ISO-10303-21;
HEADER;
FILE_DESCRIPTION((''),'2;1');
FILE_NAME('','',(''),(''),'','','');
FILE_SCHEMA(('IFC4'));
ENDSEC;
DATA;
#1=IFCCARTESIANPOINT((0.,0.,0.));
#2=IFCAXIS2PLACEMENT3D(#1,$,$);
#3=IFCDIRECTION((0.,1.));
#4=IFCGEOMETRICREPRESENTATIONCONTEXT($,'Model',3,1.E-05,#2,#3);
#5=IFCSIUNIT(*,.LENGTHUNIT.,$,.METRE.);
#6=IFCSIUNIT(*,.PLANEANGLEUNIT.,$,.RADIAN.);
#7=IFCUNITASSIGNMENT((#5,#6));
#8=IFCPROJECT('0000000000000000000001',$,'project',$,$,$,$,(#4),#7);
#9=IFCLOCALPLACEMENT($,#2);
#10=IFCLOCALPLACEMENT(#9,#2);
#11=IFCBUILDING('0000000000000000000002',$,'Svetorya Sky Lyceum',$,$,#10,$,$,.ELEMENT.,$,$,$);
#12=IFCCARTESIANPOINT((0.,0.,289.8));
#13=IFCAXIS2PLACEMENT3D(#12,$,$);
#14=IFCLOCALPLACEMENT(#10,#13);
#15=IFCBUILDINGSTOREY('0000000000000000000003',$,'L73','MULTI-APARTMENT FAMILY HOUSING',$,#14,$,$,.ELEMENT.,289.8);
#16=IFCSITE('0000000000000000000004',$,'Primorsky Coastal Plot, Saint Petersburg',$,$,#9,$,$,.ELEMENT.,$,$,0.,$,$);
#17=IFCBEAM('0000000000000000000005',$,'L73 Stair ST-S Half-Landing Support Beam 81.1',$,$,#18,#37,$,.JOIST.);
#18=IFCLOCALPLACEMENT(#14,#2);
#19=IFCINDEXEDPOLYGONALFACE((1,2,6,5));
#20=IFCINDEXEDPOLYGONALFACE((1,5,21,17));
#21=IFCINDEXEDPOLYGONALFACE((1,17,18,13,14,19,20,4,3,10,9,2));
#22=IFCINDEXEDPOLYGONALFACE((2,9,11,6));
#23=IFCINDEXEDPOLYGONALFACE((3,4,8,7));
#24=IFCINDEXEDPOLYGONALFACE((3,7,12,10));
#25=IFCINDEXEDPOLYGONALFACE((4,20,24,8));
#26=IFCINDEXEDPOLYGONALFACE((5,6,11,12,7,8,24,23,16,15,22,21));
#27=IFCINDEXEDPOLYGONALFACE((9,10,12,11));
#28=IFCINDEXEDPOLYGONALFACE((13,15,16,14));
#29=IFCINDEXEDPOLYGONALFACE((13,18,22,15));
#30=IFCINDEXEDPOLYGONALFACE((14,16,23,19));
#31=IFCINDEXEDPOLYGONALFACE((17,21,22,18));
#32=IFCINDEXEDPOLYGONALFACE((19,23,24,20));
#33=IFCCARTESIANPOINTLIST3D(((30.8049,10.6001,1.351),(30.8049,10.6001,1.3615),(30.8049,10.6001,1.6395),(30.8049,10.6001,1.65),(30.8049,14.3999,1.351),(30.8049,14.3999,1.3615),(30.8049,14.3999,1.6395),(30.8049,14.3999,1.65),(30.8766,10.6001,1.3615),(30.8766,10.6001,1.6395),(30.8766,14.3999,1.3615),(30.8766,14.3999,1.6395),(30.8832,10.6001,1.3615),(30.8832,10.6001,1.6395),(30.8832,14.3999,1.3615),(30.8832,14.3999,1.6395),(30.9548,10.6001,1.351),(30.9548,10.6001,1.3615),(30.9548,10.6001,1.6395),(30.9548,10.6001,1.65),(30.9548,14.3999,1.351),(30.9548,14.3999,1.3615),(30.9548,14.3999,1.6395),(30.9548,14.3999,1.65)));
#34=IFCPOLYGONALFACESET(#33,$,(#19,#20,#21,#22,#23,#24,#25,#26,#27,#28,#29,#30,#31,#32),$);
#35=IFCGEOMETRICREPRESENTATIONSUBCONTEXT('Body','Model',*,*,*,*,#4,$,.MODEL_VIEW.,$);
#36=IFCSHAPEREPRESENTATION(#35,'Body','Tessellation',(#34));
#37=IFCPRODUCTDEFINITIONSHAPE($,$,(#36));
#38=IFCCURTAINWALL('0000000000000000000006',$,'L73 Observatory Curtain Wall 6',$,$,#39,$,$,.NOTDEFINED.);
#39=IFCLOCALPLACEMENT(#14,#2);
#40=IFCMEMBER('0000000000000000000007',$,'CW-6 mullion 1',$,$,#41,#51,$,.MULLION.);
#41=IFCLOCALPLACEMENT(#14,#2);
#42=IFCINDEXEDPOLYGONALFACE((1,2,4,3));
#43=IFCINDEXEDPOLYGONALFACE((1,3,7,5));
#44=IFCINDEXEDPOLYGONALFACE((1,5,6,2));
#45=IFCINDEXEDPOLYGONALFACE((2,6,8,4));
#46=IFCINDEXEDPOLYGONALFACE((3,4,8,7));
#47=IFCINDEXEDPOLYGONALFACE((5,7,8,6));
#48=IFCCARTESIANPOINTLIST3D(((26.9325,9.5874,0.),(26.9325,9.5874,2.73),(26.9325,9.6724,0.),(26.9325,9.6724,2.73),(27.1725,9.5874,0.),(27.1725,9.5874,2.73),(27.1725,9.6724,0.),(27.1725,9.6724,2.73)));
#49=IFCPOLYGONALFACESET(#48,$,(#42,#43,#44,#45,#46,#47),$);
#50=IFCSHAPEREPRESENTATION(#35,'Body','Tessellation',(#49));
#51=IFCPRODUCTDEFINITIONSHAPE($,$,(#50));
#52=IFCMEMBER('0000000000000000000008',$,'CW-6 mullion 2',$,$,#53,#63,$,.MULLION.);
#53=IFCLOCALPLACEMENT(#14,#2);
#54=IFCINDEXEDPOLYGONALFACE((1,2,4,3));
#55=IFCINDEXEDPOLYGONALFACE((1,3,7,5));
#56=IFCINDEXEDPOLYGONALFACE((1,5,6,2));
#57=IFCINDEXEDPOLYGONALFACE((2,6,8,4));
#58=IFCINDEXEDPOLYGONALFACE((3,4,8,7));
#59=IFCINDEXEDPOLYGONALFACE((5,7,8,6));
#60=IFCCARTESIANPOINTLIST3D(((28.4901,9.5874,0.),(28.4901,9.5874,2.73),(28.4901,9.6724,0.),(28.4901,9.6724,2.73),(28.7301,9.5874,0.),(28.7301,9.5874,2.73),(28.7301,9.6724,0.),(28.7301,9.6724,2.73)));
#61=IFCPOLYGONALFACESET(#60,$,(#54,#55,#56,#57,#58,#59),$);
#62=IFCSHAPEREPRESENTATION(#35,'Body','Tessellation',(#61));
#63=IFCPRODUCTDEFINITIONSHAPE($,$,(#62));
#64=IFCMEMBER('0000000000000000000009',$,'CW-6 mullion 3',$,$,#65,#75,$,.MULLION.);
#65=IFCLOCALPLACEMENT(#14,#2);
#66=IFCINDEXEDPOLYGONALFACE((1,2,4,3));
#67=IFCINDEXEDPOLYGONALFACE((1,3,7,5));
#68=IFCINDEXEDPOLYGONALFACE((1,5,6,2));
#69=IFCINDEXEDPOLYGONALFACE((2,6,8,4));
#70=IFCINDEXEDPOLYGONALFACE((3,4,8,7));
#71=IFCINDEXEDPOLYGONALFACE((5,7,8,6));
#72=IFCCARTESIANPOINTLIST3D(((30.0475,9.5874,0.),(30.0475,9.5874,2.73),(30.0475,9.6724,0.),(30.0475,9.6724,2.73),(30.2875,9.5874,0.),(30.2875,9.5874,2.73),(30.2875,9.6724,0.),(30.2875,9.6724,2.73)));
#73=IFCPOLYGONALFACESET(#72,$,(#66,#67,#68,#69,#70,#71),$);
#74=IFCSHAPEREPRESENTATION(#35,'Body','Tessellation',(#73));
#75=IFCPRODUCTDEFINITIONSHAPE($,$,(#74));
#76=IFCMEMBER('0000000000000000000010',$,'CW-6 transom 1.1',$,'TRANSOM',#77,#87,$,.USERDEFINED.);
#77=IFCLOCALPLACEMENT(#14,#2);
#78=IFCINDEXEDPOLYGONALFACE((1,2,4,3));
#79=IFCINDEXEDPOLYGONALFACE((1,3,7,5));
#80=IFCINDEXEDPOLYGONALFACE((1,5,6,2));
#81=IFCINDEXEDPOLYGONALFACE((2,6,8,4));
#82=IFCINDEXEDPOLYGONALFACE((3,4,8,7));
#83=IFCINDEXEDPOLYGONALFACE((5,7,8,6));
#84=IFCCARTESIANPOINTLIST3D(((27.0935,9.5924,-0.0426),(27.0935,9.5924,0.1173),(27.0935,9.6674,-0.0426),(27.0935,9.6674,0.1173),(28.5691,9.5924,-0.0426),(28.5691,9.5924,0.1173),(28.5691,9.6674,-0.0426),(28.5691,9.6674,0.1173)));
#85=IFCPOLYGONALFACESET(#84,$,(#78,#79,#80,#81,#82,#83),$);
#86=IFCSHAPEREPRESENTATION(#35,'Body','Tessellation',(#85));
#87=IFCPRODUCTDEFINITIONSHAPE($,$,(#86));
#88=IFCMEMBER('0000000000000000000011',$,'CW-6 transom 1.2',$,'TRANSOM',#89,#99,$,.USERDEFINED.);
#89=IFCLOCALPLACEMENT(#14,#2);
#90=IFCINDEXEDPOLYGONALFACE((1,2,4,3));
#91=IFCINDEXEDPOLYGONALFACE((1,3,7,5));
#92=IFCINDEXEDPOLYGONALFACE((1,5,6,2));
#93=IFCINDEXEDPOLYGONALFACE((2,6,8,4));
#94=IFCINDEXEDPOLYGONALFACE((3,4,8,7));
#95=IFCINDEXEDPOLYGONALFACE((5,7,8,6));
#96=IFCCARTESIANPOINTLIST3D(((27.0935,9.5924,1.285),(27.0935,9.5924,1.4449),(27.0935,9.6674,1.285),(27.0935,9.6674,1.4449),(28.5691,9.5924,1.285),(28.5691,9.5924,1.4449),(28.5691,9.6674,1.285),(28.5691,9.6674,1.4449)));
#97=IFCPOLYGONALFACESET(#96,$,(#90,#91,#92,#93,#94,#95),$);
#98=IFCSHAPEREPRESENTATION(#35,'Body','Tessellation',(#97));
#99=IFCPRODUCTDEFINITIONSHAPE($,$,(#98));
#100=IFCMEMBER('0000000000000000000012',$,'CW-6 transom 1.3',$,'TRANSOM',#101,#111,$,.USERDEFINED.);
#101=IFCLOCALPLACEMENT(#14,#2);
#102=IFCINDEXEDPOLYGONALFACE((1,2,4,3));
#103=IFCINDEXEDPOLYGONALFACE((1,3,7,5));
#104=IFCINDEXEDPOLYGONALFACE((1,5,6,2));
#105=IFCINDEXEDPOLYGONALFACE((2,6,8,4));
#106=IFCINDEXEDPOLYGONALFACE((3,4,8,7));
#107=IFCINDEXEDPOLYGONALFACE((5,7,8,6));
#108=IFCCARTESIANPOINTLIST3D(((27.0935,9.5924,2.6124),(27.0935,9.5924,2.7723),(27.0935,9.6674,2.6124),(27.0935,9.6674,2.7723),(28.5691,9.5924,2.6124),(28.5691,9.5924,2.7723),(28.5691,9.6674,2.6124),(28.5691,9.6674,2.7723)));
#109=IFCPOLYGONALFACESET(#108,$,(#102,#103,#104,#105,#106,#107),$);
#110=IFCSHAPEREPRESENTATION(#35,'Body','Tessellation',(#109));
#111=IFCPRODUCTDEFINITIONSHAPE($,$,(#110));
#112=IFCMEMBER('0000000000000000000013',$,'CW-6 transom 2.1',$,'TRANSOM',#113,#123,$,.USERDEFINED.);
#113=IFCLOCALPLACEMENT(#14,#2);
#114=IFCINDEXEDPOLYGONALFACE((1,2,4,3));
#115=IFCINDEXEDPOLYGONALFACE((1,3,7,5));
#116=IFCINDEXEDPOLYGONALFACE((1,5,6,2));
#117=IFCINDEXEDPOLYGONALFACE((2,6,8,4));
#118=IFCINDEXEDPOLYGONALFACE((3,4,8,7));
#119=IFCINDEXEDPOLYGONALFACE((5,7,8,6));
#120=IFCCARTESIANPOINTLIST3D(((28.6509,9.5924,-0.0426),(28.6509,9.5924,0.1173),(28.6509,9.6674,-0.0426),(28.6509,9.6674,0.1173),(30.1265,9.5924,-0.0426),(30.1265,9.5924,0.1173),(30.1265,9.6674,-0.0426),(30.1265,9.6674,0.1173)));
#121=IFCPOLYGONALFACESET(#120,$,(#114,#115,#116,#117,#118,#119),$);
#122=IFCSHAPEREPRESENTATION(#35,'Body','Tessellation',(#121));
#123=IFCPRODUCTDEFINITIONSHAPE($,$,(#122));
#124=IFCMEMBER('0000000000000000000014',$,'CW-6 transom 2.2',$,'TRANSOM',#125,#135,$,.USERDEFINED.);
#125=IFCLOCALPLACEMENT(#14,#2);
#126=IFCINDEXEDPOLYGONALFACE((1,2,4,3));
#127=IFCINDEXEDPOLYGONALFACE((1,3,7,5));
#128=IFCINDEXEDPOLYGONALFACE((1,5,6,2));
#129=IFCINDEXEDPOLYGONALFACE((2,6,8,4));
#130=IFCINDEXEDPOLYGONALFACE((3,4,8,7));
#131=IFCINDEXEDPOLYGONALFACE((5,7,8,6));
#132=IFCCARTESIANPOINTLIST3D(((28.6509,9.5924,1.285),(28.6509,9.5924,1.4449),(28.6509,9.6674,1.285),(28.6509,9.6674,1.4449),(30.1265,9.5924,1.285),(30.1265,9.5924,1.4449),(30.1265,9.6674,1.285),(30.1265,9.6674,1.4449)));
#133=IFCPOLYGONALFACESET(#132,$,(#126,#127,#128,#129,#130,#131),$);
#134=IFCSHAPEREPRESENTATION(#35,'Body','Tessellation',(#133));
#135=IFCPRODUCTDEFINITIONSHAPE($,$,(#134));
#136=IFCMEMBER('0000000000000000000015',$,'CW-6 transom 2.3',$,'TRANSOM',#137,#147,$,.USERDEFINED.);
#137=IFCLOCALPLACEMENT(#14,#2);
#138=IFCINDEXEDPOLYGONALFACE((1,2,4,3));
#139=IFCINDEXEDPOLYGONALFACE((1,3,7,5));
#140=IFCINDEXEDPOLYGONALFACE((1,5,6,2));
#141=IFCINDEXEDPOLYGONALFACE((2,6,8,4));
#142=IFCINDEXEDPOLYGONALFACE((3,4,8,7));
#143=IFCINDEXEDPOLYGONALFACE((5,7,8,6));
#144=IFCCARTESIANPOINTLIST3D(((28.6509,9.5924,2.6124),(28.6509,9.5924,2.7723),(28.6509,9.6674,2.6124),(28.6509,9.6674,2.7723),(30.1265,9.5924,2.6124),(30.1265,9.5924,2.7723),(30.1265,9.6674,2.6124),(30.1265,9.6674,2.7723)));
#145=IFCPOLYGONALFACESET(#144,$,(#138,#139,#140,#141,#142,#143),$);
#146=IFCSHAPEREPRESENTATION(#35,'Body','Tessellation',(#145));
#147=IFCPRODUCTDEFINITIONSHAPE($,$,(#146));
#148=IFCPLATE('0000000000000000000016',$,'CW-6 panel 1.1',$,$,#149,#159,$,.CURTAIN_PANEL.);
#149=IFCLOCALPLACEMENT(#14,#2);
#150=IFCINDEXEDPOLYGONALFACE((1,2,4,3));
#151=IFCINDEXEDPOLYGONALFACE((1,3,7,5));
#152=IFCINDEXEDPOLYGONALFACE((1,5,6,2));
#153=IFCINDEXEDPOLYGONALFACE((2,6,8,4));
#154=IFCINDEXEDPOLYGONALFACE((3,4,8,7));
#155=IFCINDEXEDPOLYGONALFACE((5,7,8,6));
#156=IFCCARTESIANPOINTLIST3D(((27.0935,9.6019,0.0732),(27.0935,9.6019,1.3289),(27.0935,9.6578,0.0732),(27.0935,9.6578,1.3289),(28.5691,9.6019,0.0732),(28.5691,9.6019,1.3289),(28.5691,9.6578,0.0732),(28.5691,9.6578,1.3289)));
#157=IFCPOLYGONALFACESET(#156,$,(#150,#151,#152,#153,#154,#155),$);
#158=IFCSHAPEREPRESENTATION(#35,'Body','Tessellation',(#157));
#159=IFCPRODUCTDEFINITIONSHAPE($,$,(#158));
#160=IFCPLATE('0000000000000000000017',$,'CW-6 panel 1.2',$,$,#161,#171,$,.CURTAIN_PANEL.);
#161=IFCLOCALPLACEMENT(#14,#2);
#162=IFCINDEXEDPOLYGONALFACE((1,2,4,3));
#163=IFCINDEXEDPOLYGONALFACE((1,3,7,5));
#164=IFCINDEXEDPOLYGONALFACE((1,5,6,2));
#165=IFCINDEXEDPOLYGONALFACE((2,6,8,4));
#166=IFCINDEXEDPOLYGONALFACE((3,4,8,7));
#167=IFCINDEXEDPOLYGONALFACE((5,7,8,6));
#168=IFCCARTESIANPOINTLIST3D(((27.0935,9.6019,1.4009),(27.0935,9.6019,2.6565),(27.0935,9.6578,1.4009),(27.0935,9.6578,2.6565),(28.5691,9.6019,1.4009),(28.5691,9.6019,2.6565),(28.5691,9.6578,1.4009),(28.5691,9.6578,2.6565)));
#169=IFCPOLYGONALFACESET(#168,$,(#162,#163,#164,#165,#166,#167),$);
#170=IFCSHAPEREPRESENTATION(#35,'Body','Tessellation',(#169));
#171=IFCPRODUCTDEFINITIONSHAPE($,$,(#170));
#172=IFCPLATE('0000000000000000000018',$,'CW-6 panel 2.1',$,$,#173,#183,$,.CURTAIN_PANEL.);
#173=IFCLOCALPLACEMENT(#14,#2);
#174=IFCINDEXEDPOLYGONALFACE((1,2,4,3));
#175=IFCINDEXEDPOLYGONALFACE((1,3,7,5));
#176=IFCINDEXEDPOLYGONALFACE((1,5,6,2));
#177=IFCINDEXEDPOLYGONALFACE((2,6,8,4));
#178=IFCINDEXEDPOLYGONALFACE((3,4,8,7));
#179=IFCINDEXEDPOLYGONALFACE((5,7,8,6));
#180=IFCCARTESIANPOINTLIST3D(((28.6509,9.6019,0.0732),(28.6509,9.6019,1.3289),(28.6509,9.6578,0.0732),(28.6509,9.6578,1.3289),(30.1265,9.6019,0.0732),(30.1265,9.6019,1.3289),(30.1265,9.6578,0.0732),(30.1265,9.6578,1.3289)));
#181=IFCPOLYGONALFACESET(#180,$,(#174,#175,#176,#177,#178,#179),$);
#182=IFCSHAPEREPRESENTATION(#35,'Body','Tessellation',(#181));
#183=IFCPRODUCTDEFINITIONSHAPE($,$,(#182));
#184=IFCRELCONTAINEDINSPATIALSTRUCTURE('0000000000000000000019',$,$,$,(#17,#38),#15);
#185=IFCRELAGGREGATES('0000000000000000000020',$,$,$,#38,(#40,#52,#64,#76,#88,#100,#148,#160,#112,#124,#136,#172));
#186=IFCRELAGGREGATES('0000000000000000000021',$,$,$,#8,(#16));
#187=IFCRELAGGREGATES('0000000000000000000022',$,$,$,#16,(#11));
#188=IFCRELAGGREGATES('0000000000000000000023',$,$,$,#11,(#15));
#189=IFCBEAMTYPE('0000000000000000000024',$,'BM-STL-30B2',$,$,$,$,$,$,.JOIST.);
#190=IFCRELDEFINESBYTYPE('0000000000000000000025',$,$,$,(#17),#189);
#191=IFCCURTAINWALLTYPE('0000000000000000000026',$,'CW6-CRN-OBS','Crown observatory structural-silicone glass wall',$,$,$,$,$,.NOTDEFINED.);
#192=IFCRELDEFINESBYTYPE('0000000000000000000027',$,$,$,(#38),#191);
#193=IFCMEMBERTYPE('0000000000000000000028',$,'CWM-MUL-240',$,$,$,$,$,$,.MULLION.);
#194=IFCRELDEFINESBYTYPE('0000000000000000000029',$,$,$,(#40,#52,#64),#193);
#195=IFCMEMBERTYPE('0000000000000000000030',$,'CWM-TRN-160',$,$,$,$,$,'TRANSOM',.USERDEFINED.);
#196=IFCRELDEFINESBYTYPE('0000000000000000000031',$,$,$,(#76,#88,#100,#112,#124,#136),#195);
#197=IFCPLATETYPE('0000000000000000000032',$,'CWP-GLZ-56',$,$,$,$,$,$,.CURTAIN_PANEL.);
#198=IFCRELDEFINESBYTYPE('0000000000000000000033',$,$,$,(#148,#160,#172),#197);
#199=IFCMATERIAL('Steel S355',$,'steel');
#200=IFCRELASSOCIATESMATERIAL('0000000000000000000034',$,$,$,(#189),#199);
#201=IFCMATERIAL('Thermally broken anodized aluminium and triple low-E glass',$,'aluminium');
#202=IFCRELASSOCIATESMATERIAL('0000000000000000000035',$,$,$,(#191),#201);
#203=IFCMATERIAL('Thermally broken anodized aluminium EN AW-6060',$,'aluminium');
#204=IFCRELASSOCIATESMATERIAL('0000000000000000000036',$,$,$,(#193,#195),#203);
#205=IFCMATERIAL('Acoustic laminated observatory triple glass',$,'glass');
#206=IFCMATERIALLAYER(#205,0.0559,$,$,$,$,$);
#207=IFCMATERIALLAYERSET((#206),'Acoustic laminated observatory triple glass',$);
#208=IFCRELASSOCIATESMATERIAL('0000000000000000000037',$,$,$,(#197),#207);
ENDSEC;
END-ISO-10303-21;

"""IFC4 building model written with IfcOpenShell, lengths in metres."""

from ifc_helpers import new_model, si_unit, direction, frame, origin, origin_2d, place, context, subcontext, project, spatial, rectangle, i_section, extrude, material, layer, layer_set, material_profile, profile_set, type_object, element, aggregate, save


model = new_model("IFC4")

# Units and contexts
model_context = context("Model", 3, precision=1e-05, world=origin(), true_north=direction((0.0, 1.0)))
body_context = subcontext(model_context, "Body", "Model", "MODEL_VIEW")
ifc_project = project(units=[si_unit("LENGTHUNIT", "METRE"), si_unit("PLANEANGLEUNIT", "RADIAN")], contexts=[model_context])

# Site, building, storey
site_placement = place(None, origin())
site = spatial("IfcSite", under=ifc_project, at=site_placement, Name="Primorsky Coastal Plot, Saint Petersburg", CompositionType="ELEMENT", RefElevation=0.0)
building_placement = place(site_placement, origin())
building = spatial("IfcBuilding", under=site, at=building_placement, Name="Svetorya Sky Lyceum", CompositionType="ELEMENT")
storey_placement = place(building_placement, frame((0.0, 0.0, 289.8)))
storey = spatial("IfcBuildingStorey", under=building, at=storey_placement, Name="L73", Description="MULTI-APARTMENT FAMILY HOUSING", CompositionType="ELEMENT", Elevation=289.8)

# Beam
ifc_material_1 = material(Name="Steel S355", Category="steel")
ifc_material_profile_1 = material_profile(ifc_material_1, i_section(OverallWidth=0.1499, OverallDepth=0.2991, WebThickness=0.0066, FlangeThickness=0.0105, at=origin_2d()), Name="GOST 30B2")
ifc_profile_set_1 = profile_set([ifc_material_profile_1], Name="Steel S355")
beam_type = type_object("IfcBeamType", Name="BM-STL-30B2", PredefinedType="JOIST", material=ifc_profile_set_1)
beam_placement = place(storey_placement, frame((30.8799, 10.6001, 1.5005), z_axis=(0.0, 1.0, 0.0), x_axis=(-1.0, 0.0, 0.0)))
element("IfcBeam", 1, at=beam_placement, inside=storey, type_object=beam_type, Name="L73 Stair ST-S Half-Landing Support Beam 81.1", PredefinedType="JOIST", context=body_context, shape_type="SweptSolid", body=[
    extrude(i_section(OverallWidth=0.1499, OverallDepth=0.2991, WebThickness=0.0066, FlangeThickness=0.0105, at=origin_2d()), origin(), (0.0, 0.0, 1.0), 3.7998),
])

# Curtain wall, members, plates
ifc_material_2 = material(Name="Thermally broken anodized aluminium and triple low-E glass", Category="aluminium")
curtain_wall_type = type_object("IfcCurtainWallType", Name="CW6-CRN-OBS", Description="Crown observatory structural-silicone glass wall", PredefinedType="NOTDEFINED", material=ifc_material_2)
curtain_wall_placement = place(storey_placement, origin())
curtain_wall = element("IfcCurtainWall", 2, at=curtain_wall_placement, inside=storey, type_object=curtain_wall_type, Name="L73 Observatory Curtain Wall 6", PredefinedType="NOTDEFINED")
ifc_material_3 = material(Name="Thermally broken anodized aluminium EN AW-6060", Category="aluminium")
ifc_material_profile_2 = material_profile(ifc_material_3, rectangle(XDim=0.085, YDim=0.24, at=origin_2d()), Name="ALU MULLION 85x240")
ifc_profile_set_2 = profile_set([ifc_material_profile_2], Name="Thermally broken anodized aluminium EN AW-6060")
member_type_1 = type_object("IfcMemberType", Name="CWM-MUL-240", PredefinedType="MULLION", material=ifc_profile_set_2)
member_1_placement = place(storey_placement, frame((27.0525, 9.6299, 0.0), z_axis=(0.0, 0.0, 1.0), x_axis=(0.0, 1.0, 0.0)))
member_1 = element("IfcMember", 3, at=member_1_placement, type_object=member_type_1, Name="CW-6 mullion 1", PredefinedType="MULLION", context=body_context, shape_type="SweptSolid", body=[
    extrude(rectangle(XDim=0.085, YDim=0.24, at=origin_2d()), origin(), (0.0, 0.0, 1.0), 2.73),
])
member_2_placement = place(storey_placement, frame((28.6101, 9.6299, 0.0), z_axis=(0.0, 0.0, 1.0), x_axis=(0.0, 1.0, 0.0)))
member_2 = element("IfcMember", 4, at=member_2_placement, type_object=member_type_1, Name="CW-6 mullion 2", PredefinedType="MULLION", context=body_context, shape_type="SweptSolid", body=[
    extrude(rectangle(XDim=0.085, YDim=0.24, at=origin_2d()), origin(), (0.0, 0.0, 1.0), 2.73),
])
member_3_placement = place(storey_placement, frame((30.1675, 9.6299, 0.0), z_axis=(0.0, 0.0, 1.0), x_axis=(0.0, 1.0, 0.0)))
member_3 = element("IfcMember", 5, at=member_3_placement, type_object=member_type_1, Name="CW-6 mullion 3", PredefinedType="MULLION", context=body_context, shape_type="SweptSolid", body=[
    extrude(rectangle(XDim=0.085, YDim=0.24, at=origin_2d()), origin(), (0.0, 0.0, 1.0), 2.73),
])
ifc_material_profile_3 = material_profile(ifc_material_3, rectangle(XDim=0.075, YDim=0.1599, at=origin_2d()), Name="ALU TRANSOM 75x160")
ifc_profile_set_3 = profile_set([ifc_material_profile_3], Name="Thermally broken anodized aluminium EN AW-6060")
member_type_2 = type_object("IfcMemberType", Name="CWM-TRN-160", ElementType="TRANSOM", PredefinedType="USERDEFINED", material=ifc_profile_set_3)
member_4_placement = place(storey_placement, frame((27.0935, 9.6299, 0.0374), z_axis=(1.0, 0.0, 0.0), x_axis=(0.0, 1.0, 0.0)))
member_4 = element("IfcMember", 6, at=member_4_placement, type_object=member_type_2, Name="CW-6 transom 1.1", ObjectType="TRANSOM", PredefinedType="USERDEFINED", context=body_context, shape_type="SweptSolid", body=[
    extrude(rectangle(XDim=0.075, YDim=0.1599, at=origin_2d()), origin(), (0.0, 0.0, 1.0), 1.4756),
])
member_5_placement = place(storey_placement, frame((27.0935, 9.6299, 1.365), z_axis=(1.0, 0.0, 0.0), x_axis=(0.0, 1.0, 0.0)))
member_5 = element("IfcMember", 7, at=member_5_placement, type_object=member_type_2, Name="CW-6 transom 1.2", ObjectType="TRANSOM", PredefinedType="USERDEFINED", context=body_context, shape_type="SweptSolid", body=[
    extrude(rectangle(XDim=0.075, YDim=0.1599, at=origin_2d()), origin(), (0.0, 0.0, 1.0), 1.4756),
])
member_6_placement = place(storey_placement, frame((27.0935, 9.6299, 2.6924), z_axis=(1.0, 0.0, 0.0), x_axis=(0.0, 1.0, 0.0)))
member_6 = element("IfcMember", 8, at=member_6_placement, type_object=member_type_2, Name="CW-6 transom 1.3", ObjectType="TRANSOM", PredefinedType="USERDEFINED", context=body_context, shape_type="SweptSolid", body=[
    extrude(rectangle(XDim=0.075, YDim=0.1599, at=origin_2d()), origin(), (0.0, 0.0, 1.0), 1.4756),
])
member_7_placement = place(storey_placement, frame((28.6509, 9.6299, 0.0374), z_axis=(1.0, 0.0, 0.0), x_axis=(0.0, 1.0, 0.0)))
member_7 = element("IfcMember", 9, at=member_7_placement, type_object=member_type_2, Name="CW-6 transom 2.1", ObjectType="TRANSOM", PredefinedType="USERDEFINED", context=body_context, shape_type="SweptSolid", body=[
    extrude(rectangle(XDim=0.075, YDim=0.1599, at=origin_2d()), origin(), (0.0, 0.0, 1.0), 1.4756),
])
member_8_placement = place(storey_placement, frame((28.6509, 9.6299, 1.365), z_axis=(1.0, 0.0, 0.0), x_axis=(0.0, 1.0, 0.0)))
member_8 = element("IfcMember", 10, at=member_8_placement, type_object=member_type_2, Name="CW-6 transom 2.2", ObjectType="TRANSOM", PredefinedType="USERDEFINED", context=body_context, shape_type="SweptSolid", body=[
    extrude(rectangle(XDim=0.075, YDim=0.1599, at=origin_2d()), origin(), (0.0, 0.0, 1.0), 1.4756),
])
member_9_placement = place(storey_placement, frame((28.6509, 9.6299, 2.6924), z_axis=(1.0, 0.0, 0.0), x_axis=(0.0, 1.0, 0.0)))
member_9 = element("IfcMember", 11, at=member_9_placement, type_object=member_type_2, Name="CW-6 transom 2.3", ObjectType="TRANSOM", PredefinedType="USERDEFINED", context=body_context, shape_type="SweptSolid", body=[
    extrude(rectangle(XDim=0.075, YDim=0.1599, at=origin_2d()), origin(), (0.0, 0.0, 1.0), 1.4756),
])
ifc_material_4 = material(Name="Acoustic laminated observatory triple glass", Category="glass")
ifc_layer_1 = layer(ifc_material_4, 0.0559)
ifc_layer_set_1 = layer_set([ifc_layer_1], Name="Acoustic laminated observatory triple glass")
plate_type = type_object("IfcPlateType", Name="CWP-GLZ-56", PredefinedType="CURTAIN_PANEL", material=ifc_layer_set_1)
plate_1_placement = place(storey_placement, frame((27.8313, 9.6299, 0.0732), z_axis=(0.0, 0.0, 1.0), x_axis=(1.0, 0.0, 0.0)))
plate_1 = element("IfcPlate", 12, at=plate_1_placement, type_object=plate_type, Name="CW-6 panel 1.1", PredefinedType="CURTAIN_PANEL", context=body_context, shape_type="SweptSolid", body=[
    extrude(rectangle(XDim=1.4756, YDim=0.0559, at=origin_2d()), origin(), (0.0, 0.0, 1.0), 1.2556),
])
plate_2_placement = place(storey_placement, frame((27.8313, 9.6299, 1.4009), z_axis=(0.0, 0.0, 1.0), x_axis=(1.0, 0.0, 0.0)))
plate_2 = element("IfcPlate", 13, at=plate_2_placement, type_object=plate_type, Name="CW-6 panel 1.2", PredefinedType="CURTAIN_PANEL", context=body_context, shape_type="SweptSolid", body=[
    extrude(rectangle(XDim=1.4756, YDim=0.0559, at=origin_2d()), origin(), (0.0, 0.0, 1.0), 1.2556),
])
plate_3_placement = place(storey_placement, frame((29.3887, 9.6299, 0.0732), z_axis=(0.0, 0.0, 1.0), x_axis=(1.0, 0.0, 0.0)))
plate_3 = element("IfcPlate", 14, at=plate_3_placement, type_object=plate_type, Name="CW-6 panel 2.1", PredefinedType="CURTAIN_PANEL", context=body_context, shape_type="SweptSolid", body=[
    extrude(rectangle(XDim=1.4756, YDim=0.0559, at=origin_2d()), origin(), (0.0, 0.0, 1.0), 1.2556),
])
aggregate(curtain_wall, [member_1, member_2, member_3, member_4, member_5, member_6, plate_1, plate_2, member_7, member_8, member_9, plate_3])

save(model, "model.ifc")
